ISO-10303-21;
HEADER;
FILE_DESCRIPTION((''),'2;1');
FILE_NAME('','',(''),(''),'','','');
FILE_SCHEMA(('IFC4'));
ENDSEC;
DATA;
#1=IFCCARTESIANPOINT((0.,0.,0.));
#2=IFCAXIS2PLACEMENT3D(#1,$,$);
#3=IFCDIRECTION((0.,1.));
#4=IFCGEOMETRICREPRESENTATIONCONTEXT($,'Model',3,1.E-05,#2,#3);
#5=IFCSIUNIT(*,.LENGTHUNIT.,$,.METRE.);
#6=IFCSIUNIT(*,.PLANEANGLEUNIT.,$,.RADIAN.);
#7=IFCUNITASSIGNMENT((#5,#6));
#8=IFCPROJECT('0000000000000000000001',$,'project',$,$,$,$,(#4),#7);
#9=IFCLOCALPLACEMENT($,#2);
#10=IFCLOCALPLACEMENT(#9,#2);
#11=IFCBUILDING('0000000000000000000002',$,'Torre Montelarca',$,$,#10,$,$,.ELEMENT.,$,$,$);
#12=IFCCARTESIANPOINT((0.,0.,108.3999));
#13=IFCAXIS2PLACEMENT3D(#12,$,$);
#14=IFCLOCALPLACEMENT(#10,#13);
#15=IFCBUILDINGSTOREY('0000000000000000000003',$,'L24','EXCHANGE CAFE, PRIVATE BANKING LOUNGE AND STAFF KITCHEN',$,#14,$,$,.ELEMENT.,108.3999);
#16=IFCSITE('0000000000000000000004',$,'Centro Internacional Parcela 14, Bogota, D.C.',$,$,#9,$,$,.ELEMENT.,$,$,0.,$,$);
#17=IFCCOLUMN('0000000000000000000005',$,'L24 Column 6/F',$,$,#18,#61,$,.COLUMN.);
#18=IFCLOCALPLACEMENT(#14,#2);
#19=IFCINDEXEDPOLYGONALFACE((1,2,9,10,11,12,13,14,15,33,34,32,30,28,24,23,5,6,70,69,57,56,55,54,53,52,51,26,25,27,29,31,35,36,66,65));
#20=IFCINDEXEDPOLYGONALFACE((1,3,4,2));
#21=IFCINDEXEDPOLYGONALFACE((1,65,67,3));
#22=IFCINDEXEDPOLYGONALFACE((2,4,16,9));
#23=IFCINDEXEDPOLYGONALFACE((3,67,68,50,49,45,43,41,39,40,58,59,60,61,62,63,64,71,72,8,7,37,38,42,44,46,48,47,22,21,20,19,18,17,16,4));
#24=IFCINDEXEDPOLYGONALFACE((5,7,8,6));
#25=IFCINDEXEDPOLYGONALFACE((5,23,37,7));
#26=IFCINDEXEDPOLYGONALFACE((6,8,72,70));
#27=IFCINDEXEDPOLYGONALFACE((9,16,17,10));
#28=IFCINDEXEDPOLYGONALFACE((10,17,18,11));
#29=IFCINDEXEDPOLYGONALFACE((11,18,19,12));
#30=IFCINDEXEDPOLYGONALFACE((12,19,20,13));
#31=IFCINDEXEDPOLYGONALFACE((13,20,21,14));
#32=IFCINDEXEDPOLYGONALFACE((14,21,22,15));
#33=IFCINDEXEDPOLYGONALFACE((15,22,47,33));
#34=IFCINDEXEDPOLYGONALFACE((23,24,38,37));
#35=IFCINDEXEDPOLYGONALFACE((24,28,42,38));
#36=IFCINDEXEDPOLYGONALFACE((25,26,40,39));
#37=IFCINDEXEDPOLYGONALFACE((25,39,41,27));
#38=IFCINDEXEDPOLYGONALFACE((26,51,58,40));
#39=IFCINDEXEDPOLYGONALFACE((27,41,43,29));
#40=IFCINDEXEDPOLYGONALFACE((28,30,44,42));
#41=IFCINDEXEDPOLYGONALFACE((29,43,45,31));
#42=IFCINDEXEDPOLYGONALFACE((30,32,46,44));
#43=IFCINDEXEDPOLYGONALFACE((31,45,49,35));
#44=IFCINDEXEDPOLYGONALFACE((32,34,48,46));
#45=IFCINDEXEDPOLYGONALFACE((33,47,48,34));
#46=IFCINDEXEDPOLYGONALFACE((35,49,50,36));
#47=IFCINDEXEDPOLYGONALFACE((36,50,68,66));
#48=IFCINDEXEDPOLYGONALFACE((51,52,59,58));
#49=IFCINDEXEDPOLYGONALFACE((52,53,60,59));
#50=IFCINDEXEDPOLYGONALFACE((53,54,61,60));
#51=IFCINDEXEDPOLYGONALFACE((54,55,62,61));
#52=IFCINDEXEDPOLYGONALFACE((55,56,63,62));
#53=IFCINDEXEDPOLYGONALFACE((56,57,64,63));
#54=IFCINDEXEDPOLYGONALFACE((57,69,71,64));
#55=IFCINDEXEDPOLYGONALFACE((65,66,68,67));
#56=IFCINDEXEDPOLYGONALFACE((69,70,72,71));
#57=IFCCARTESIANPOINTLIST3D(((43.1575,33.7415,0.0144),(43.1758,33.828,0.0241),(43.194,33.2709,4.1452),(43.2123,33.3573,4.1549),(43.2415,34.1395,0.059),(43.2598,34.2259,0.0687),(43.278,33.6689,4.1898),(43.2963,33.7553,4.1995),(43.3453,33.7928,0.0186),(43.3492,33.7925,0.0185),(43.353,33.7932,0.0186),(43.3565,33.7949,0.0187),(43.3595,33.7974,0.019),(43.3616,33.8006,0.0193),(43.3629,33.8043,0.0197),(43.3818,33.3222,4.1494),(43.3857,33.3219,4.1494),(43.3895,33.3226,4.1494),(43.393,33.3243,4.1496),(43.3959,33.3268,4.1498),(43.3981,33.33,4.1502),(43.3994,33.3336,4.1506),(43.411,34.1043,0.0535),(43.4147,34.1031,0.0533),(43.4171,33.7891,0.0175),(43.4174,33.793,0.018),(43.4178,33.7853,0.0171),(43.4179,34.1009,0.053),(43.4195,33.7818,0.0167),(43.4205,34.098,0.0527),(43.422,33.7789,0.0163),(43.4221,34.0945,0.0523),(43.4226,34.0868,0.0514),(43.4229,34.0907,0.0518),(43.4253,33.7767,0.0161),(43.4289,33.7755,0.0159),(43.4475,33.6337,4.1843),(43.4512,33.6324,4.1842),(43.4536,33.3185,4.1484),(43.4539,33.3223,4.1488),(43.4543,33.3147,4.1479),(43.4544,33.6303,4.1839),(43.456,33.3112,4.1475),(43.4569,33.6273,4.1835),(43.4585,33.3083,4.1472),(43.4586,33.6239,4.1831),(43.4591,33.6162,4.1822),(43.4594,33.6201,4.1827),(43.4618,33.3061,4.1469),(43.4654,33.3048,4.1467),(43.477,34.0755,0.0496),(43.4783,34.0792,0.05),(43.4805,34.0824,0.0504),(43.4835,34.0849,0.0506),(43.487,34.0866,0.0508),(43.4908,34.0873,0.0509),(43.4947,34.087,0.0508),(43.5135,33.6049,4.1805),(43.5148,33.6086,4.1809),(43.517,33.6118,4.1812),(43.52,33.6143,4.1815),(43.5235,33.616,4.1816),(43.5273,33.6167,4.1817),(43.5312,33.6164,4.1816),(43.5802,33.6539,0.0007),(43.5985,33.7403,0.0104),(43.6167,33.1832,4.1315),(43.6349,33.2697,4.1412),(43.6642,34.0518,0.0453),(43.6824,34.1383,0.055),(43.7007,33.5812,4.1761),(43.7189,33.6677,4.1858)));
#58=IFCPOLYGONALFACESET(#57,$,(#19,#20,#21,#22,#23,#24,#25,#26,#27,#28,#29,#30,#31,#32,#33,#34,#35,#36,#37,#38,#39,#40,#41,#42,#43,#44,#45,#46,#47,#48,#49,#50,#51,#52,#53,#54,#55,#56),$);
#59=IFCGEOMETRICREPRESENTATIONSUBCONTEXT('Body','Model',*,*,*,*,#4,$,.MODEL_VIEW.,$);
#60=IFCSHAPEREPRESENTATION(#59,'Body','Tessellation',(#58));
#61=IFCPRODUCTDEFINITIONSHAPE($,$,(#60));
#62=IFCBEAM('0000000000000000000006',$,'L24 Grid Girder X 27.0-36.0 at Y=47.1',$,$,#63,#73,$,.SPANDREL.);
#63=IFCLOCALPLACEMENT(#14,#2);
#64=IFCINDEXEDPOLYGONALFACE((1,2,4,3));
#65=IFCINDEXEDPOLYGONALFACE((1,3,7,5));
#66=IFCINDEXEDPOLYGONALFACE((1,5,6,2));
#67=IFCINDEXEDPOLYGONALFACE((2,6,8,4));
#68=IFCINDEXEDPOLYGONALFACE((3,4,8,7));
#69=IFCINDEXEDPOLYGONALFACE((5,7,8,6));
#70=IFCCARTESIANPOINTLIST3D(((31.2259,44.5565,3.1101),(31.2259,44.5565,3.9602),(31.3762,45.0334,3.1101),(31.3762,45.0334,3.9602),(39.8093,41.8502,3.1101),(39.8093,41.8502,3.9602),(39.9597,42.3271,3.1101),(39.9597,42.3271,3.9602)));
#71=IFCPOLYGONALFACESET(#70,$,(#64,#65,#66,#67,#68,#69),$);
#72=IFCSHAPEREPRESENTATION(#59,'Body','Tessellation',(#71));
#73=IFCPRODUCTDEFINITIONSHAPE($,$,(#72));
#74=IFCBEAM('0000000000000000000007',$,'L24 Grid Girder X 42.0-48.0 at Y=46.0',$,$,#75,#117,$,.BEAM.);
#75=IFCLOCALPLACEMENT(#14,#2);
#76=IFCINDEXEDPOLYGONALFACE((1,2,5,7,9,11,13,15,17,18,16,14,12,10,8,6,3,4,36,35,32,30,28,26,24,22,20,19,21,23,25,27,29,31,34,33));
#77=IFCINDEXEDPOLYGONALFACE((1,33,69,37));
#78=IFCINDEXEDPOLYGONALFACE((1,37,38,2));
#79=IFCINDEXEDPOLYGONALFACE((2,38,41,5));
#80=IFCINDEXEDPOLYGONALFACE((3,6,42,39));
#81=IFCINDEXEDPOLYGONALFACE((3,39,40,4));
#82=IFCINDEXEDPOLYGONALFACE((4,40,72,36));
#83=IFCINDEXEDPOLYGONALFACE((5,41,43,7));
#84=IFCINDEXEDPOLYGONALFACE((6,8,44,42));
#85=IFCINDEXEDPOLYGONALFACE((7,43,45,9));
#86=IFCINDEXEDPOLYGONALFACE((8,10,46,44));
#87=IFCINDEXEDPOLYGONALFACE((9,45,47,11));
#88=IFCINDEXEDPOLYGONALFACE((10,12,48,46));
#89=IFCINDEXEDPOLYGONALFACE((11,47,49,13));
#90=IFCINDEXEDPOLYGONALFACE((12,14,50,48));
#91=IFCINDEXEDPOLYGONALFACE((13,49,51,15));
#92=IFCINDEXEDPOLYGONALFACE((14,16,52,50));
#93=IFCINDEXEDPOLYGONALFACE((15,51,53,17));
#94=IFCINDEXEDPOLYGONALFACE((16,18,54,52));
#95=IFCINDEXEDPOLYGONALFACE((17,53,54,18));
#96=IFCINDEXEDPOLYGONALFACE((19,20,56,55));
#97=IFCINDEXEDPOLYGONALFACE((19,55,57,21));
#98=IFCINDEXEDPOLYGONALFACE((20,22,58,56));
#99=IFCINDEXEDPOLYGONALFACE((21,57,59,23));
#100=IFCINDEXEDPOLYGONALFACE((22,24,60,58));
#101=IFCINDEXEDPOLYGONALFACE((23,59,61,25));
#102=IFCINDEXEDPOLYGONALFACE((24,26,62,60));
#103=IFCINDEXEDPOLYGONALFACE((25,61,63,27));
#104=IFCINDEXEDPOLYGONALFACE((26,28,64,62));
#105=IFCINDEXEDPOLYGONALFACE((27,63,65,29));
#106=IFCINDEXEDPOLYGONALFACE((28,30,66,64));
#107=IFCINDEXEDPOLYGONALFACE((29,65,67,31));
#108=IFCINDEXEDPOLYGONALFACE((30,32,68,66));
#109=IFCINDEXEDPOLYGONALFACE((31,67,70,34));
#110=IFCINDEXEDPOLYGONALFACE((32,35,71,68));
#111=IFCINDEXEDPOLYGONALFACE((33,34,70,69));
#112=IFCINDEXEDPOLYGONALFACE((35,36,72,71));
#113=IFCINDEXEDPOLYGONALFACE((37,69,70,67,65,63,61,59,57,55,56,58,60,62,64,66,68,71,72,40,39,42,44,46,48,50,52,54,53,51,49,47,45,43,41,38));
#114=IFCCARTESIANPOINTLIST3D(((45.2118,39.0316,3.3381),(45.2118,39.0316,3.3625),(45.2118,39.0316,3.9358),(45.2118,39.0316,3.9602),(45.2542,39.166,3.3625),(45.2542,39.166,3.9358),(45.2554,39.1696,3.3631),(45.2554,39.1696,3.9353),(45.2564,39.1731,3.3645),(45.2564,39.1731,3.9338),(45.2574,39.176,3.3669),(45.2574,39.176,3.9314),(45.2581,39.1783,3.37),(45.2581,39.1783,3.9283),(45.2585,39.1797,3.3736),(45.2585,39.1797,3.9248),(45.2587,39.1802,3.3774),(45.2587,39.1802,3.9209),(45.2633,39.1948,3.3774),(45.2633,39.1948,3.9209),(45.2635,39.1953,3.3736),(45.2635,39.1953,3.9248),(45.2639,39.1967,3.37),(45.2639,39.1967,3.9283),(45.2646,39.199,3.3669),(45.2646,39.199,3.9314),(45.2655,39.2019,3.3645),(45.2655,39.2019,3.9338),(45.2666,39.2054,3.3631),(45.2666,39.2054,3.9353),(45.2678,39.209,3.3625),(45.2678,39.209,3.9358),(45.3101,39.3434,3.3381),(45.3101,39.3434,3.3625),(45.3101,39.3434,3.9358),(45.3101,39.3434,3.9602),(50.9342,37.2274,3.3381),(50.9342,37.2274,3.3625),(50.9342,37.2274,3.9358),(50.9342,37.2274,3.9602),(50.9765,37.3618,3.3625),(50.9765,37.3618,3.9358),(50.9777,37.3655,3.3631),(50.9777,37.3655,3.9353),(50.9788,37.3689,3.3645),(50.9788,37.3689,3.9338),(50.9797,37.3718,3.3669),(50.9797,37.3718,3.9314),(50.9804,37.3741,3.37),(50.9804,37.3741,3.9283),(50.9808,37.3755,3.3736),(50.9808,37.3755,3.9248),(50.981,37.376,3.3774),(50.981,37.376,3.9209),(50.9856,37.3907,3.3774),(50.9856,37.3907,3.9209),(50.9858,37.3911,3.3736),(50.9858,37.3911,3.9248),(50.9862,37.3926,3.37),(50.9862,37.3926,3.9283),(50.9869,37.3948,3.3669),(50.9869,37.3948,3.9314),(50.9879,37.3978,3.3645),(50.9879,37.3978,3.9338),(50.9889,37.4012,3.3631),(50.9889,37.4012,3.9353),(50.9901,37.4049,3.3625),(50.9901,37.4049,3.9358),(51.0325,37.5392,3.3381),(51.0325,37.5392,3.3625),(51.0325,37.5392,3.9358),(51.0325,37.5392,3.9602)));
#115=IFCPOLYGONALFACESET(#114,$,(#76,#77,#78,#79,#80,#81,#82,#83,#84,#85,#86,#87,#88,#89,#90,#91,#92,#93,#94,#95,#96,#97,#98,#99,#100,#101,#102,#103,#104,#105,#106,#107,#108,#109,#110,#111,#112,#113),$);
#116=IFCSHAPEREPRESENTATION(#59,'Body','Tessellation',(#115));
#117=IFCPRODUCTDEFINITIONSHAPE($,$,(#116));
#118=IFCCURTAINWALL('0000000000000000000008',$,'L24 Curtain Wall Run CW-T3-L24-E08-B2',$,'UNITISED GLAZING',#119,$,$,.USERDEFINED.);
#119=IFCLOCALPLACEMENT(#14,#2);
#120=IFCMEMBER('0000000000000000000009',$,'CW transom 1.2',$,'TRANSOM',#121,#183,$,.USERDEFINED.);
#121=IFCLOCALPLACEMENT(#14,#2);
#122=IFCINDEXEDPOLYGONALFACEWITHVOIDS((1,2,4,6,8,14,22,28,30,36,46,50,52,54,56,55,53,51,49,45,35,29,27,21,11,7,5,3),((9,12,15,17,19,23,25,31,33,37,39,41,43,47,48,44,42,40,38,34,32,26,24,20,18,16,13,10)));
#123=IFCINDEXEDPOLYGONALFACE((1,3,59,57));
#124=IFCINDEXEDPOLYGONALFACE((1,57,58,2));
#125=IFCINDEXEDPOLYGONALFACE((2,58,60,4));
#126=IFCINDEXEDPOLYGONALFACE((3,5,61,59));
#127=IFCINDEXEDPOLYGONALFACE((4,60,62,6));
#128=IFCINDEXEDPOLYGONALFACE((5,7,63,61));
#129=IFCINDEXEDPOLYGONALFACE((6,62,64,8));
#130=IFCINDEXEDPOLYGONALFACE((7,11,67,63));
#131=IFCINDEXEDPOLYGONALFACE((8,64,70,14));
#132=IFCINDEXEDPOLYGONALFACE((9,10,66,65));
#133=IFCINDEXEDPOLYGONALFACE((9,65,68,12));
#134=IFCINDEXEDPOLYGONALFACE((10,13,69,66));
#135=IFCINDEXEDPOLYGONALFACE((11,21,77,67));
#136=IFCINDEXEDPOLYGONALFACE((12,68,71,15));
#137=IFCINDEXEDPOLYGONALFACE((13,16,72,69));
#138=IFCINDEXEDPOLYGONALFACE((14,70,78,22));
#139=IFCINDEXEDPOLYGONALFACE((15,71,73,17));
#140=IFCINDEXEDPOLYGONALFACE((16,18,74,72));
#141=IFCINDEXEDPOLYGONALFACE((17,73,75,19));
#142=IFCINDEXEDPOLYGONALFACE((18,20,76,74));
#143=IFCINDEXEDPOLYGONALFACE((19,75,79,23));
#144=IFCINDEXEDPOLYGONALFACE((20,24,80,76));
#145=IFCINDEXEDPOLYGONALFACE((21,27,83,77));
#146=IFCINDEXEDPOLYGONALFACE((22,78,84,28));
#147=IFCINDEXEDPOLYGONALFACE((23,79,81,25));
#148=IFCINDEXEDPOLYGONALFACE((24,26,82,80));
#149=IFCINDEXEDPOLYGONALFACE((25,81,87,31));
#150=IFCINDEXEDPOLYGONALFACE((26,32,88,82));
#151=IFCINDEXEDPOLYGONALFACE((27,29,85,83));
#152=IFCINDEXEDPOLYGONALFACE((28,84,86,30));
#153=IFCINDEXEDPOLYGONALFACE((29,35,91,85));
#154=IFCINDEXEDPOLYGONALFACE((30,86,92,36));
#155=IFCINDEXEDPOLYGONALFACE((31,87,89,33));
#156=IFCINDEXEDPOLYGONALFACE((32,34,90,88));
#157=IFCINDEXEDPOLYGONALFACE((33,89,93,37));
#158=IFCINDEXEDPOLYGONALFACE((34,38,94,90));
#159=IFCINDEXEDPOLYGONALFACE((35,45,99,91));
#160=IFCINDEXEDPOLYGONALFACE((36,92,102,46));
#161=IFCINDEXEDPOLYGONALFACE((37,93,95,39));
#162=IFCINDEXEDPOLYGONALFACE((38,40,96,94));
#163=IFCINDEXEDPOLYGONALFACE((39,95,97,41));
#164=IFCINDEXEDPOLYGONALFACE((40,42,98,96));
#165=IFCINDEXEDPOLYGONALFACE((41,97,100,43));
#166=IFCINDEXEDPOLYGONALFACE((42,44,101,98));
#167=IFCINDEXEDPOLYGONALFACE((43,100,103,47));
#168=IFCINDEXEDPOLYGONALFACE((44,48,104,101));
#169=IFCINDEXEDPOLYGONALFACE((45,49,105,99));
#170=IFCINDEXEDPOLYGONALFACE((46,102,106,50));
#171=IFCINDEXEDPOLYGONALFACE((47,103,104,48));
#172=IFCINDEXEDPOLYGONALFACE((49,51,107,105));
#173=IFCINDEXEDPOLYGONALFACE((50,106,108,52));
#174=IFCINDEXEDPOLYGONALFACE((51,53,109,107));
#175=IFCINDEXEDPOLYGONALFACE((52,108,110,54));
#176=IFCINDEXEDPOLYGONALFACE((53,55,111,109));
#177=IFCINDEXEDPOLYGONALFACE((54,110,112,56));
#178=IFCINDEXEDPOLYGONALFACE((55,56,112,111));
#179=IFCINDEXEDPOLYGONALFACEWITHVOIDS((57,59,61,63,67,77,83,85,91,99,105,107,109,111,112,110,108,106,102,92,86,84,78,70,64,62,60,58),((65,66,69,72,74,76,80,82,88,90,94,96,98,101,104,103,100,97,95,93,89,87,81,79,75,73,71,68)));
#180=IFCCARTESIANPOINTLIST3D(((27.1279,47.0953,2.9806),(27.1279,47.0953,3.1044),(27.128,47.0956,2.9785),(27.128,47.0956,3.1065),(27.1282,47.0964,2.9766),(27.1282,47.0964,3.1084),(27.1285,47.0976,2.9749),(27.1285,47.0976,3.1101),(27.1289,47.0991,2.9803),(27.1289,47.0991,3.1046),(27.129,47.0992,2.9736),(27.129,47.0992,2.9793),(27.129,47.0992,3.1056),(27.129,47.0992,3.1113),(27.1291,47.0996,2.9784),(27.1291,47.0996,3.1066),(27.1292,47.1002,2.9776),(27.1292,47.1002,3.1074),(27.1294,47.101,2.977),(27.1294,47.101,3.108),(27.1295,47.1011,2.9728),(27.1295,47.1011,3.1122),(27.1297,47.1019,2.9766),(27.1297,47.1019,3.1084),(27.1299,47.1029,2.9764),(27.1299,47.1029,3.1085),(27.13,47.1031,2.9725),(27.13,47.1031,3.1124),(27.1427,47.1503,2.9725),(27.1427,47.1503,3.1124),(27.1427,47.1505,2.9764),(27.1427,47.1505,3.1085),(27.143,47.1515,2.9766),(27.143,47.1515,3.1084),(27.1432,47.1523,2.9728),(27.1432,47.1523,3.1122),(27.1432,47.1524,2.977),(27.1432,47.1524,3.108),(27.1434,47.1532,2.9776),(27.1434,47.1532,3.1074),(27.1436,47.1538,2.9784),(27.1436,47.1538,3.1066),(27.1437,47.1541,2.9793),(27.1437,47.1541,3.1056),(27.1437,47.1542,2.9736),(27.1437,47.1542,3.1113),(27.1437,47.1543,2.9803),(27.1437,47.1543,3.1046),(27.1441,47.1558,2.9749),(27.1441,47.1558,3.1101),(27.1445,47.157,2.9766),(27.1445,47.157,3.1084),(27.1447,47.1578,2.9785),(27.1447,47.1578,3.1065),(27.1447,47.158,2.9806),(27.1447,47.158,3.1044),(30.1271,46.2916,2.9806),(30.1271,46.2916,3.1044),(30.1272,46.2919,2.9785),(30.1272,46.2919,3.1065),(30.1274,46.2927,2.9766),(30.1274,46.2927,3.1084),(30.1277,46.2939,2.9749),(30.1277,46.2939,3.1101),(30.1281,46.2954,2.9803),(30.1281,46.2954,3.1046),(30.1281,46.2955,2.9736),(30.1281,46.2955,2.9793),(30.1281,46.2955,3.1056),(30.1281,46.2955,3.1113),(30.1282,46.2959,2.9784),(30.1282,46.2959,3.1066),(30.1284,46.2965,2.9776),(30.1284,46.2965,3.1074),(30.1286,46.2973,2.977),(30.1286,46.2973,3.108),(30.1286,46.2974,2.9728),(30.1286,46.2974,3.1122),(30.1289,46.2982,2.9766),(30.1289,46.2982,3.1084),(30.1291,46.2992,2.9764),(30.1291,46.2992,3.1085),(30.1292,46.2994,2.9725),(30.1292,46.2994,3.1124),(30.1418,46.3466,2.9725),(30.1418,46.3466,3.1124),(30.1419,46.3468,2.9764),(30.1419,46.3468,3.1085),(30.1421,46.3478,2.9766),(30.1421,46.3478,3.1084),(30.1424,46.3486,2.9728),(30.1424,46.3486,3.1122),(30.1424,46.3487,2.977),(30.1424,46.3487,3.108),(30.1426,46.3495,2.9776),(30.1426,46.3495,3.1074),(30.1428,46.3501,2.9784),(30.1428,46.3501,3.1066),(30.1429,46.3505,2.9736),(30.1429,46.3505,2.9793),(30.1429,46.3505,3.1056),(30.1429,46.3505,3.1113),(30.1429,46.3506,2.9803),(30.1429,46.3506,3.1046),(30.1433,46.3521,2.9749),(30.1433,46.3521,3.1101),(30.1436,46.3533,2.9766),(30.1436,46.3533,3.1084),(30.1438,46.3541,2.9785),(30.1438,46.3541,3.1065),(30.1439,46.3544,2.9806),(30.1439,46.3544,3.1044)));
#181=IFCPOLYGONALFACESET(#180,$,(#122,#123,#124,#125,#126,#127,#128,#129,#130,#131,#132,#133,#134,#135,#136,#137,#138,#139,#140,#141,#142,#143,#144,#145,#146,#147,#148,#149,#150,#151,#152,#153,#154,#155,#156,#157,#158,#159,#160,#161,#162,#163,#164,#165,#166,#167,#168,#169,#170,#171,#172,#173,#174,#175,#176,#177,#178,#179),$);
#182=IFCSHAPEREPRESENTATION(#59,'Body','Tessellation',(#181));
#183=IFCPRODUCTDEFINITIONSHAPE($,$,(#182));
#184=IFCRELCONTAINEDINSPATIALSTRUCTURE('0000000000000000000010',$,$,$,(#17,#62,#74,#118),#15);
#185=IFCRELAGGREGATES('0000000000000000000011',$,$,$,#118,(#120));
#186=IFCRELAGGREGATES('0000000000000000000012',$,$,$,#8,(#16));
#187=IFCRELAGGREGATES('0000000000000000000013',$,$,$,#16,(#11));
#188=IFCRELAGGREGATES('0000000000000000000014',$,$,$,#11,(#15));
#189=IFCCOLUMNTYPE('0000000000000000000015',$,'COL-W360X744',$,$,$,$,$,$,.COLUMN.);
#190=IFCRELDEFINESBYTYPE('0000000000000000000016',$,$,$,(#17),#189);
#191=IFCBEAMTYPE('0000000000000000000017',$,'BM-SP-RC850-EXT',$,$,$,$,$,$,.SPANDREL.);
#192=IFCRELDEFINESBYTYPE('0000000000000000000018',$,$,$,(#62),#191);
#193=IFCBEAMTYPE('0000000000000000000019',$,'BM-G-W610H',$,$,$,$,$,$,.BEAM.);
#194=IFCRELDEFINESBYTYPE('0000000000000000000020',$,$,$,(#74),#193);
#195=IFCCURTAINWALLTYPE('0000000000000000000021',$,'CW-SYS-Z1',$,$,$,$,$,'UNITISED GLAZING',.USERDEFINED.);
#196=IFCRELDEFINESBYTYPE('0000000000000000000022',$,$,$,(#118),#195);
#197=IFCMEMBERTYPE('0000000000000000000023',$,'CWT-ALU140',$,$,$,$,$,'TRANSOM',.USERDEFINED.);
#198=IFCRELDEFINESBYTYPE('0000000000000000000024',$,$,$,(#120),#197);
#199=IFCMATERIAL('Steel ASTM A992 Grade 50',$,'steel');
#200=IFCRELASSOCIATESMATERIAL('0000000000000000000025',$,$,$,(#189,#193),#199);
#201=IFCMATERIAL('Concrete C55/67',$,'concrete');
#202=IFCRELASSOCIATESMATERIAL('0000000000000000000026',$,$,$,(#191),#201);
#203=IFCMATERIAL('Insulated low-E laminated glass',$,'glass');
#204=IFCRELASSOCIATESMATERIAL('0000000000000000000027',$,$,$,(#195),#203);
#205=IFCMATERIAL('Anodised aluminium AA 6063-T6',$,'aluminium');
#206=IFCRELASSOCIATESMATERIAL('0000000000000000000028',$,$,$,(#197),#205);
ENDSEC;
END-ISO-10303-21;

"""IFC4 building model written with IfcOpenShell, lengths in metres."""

from ifc_helpers import new_model, si_unit, direction, frame, origin, origin_2d, place, context, subcontext, project, spatial, rectangle, hollow_rectangle, i_section, extrude, clip, halfspace, source, transform, mapped, material, material_profile, profile_set, type_object, element, aggregate, save


model = new_model("IFC4")

# Units and contexts
model_context = context("Model", 3, precision=1e-05, world=origin(), true_north=direction((0.0, 1.0)))
body_context = subcontext(model_context, "Body", "Model", "MODEL_VIEW")
ifc_project = project(units=[si_unit("LENGTHUNIT", "METRE"), si_unit("PLANEANGLEUNIT", "RADIAN")], contexts=[model_context])

# Site, building, storey
site_placement = place(None, origin())
site = spatial("IfcSite", under=ifc_project, at=site_placement, Name="Centro Internacional Parcela 14, Bogota, D.C.", CompositionType="ELEMENT", RefElevation=0.0)
building_placement = place(site_placement, origin())
building = spatial("IfcBuilding", under=site, at=building_placement, Name="Torre Montelarca", CompositionType="ELEMENT")
storey_placement = place(building_placement, frame((0.0, 0.0, 108.3999)))
storey = spatial("IfcBuildingStorey", under=building, at=storey_placement, Name="L24", Description="EXCHANGE CAFE, PRIVATE BANKING LOUNGE AND STAFF KITCHEN", CompositionType="ELEMENT", Elevation=108.3999)

# Column
ifc_material_1 = material(Name="Steel ASTM A992 Grade 50", Category="steel")
ifc_material_profile_1 = material_profile(ifc_material_1, i_section(OverallWidth=0.4319, OverallDepth=0.498, WebThickness=0.0557, FlangeThickness=0.0889, FilletRadius=0.0149, at=origin_2d()), Name="W360X744", Category="steel")
ifc_profile_set_1 = profile_set([ifc_material_profile_1], Name="Steel ASTM A992 Grade 50")
column_type_1 = type_object("IfcColumnType", Name="COL-W360X744", PredefinedType="COLUMN", material=ifc_profile_set_1)
column_1_placement = place(storey_placement, frame((43.4197, 33.9438, 0.0), z_axis=(0.008778, -0.11319, 0.993535), x_axis=(-0.978672, 0.202958, 0.031769)))
element("IfcColumn", 1, at=column_1_placement, inside=storey, type_object=column_type_1, Name="L24 Column 6/F", PredefinedType="COLUMN", context=body_context, shape_type="Clipping", body=[
    clip(clip(extrude(i_section(OverallWidth=0.4319, OverallDepth=0.498, WebThickness=0.0557, FlangeThickness=0.0889, FilletRadius=0.0149, at=origin_2d()), origin(), (0.0, 0.0, 1.0), 4.2275), halfspace(frame((0.0, 0.0, 0.0349), z_axis=(0.0, 0.0, -1.0), x_axis=(1.0, 0.0, 0.0)), False)), halfspace(frame((0.0, 0.0, 4.1926), z_axis=(0.0, 0.0, 1.0), x_axis=(1.0, 0.0, 0.0)), False)),
])

# Beams
ifc_material_2 = material(Name="Concrete C55/67", Category="concrete")
ifc_material_profile_2 = material_profile(ifc_material_2, rectangle(XDim=0.5, YDim=0.8501, at=origin_2d()), Name="RCB500X850", Category="concrete")
ifc_profile_set_2 = profile_set([ifc_material_profile_2], Name="Concrete C55/67")
beam_type_1 = type_object("IfcBeamType", Name="BM-SP-RC850-EXT", PredefinedType="SPANDREL", material=ifc_profile_set_2)
shared_shape_1 = source(origin(), body_context, "Body", "SweptSolid", [
    extrude(rectangle(XDim=0.5, YDim=0.8501, at=origin_2d()), origin(), (0.0, 0.0, 1.0), 9.0),
])
beam_1_placement = place(storey_placement, frame((31.301, 44.7949, 3.5352), z_axis=(0.953719, -0.300699, 0.0), x_axis=(0.300699, 0.953719, 0.0)))
element("IfcBeam", 2, at=beam_1_placement, inside=storey, type_object=beam_type_1, Name="L24 Grid Girder X 27.0-36.0 at Y=47.1", PredefinedType="SPANDREL", context=body_context, shape_type="MappedRepresentation", body=[
    mapped(shared_shape_1, transform((0.0, 0.0, 0.0), scale=1.0)),
])
ifc_material_profile_3 = material_profile(ifc_material_1, i_section(OverallWidth=0.3269, OverallDepth=0.6221, WebThickness=0.0154, FlangeThickness=0.0244, FilletRadius=0.0149, at=origin_2d()), Name="W610X195", Category="steel")
ifc_profile_set_3 = profile_set([ifc_material_profile_3], Name="Steel ASTM A992 Grade 50")
beam_type_2 = type_object("IfcBeamType", Name="BM-G-W610H", PredefinedType="BEAM", material=ifc_profile_set_3)
shared_shape_2 = source(origin(), body_context, "Body", "SweptSolid", [
    extrude(i_section(OverallWidth=0.3269, OverallDepth=0.6221, WebThickness=0.0154, FlangeThickness=0.0244, FilletRadius=0.0149, at=origin_2d()), origin(), (0.0, 0.0, 1.0), 6.0),
])
beam_2_placement = place(storey_placement, frame((45.261, 39.1875, 3.6492), z_axis=(0.95372, -0.300695, 0.0), x_axis=(0.300695, 0.95372, 0.0)))
element("IfcBeam", 3, at=beam_2_placement, inside=storey, type_object=beam_type_2, Name="L24 Grid Girder X 42.0-48.0 at Y=46.0", PredefinedType="BEAM", context=body_context, shape_type="MappedRepresentation", body=[
    mapped(shared_shape_2, transform((0.0, 0.0, 0.0), scale=1.0)),
])

# Curtain wall, member
ifc_material_3 = material(Name="Insulated low-E laminated glass", Category="glass")
curtain_wall_type = type_object("IfcCurtainWallType", Name="CW-SYS-Z1", ElementType="UNITISED GLAZING", PredefinedType="USERDEFINED", material=ifc_material_3)
curtain_wall_1_placement = place(storey_placement, origin())
curtain_wall_1 = element("IfcCurtainWall", 4, at=curtain_wall_1_placement, inside=storey, type_object=curtain_wall_type, Name="L24 Curtain Wall Run CW-T3-L24-E08-B2", ObjectType="UNITISED GLAZING", PredefinedType="USERDEFINED")
ifc_material_4 = material(Name="Anodised aluminium AA 6063-T6", Category="aluminium")
ifc_material_profile_4 = material_profile(ifc_material_4, hollow_rectangle(XDim=0.0649, YDim=0.1399, WallThickness=0.0039, InnerFilletRadius=0.0039, OuterFilletRadius=0.0081, at=origin_2d()), Name="ALU65X140X4", Category="aluminium")
ifc_profile_set_4 = profile_set([ifc_material_profile_4], Name="Anodised aluminium AA 6063-T6")
member_type_1 = type_object("IfcMemberType", Name="CWT-ALU140", ElementType="TRANSOM", PredefinedType="USERDEFINED", material=ifc_profile_set_4)
shared_shape_3 = source(origin(), body_context, "Body", "SweptSolid", [
    extrude(hollow_rectangle(XDim=0.0649, YDim=0.1399, WallThickness=0.0039, InnerFilletRadius=0.0039, OuterFilletRadius=0.0081, at=origin_2d()), origin(), (0.0, 0.0, 1.0), 3.105),
])
member_1_placement = place(storey_placement, frame((30.1355, 46.323, 3.0425), z_axis=(-0.965921, 0.258837, 0.0), x_axis=(-0.258837, -0.965921, 0.0)))
member_1 = element("IfcMember", 5, at=member_1_placement, type_object=member_type_1, Name="CW transom 1.2", ObjectType="TRANSOM", PredefinedType="USERDEFINED", context=body_context, shape_type="MappedRepresentation", body=[
    mapped(shared_shape_3, transform((0.0, 0.0, 0.0), scale=1.0)),
])

aggregate(curtain_wall_1, [member_1])

save(model, "model.ifc")
